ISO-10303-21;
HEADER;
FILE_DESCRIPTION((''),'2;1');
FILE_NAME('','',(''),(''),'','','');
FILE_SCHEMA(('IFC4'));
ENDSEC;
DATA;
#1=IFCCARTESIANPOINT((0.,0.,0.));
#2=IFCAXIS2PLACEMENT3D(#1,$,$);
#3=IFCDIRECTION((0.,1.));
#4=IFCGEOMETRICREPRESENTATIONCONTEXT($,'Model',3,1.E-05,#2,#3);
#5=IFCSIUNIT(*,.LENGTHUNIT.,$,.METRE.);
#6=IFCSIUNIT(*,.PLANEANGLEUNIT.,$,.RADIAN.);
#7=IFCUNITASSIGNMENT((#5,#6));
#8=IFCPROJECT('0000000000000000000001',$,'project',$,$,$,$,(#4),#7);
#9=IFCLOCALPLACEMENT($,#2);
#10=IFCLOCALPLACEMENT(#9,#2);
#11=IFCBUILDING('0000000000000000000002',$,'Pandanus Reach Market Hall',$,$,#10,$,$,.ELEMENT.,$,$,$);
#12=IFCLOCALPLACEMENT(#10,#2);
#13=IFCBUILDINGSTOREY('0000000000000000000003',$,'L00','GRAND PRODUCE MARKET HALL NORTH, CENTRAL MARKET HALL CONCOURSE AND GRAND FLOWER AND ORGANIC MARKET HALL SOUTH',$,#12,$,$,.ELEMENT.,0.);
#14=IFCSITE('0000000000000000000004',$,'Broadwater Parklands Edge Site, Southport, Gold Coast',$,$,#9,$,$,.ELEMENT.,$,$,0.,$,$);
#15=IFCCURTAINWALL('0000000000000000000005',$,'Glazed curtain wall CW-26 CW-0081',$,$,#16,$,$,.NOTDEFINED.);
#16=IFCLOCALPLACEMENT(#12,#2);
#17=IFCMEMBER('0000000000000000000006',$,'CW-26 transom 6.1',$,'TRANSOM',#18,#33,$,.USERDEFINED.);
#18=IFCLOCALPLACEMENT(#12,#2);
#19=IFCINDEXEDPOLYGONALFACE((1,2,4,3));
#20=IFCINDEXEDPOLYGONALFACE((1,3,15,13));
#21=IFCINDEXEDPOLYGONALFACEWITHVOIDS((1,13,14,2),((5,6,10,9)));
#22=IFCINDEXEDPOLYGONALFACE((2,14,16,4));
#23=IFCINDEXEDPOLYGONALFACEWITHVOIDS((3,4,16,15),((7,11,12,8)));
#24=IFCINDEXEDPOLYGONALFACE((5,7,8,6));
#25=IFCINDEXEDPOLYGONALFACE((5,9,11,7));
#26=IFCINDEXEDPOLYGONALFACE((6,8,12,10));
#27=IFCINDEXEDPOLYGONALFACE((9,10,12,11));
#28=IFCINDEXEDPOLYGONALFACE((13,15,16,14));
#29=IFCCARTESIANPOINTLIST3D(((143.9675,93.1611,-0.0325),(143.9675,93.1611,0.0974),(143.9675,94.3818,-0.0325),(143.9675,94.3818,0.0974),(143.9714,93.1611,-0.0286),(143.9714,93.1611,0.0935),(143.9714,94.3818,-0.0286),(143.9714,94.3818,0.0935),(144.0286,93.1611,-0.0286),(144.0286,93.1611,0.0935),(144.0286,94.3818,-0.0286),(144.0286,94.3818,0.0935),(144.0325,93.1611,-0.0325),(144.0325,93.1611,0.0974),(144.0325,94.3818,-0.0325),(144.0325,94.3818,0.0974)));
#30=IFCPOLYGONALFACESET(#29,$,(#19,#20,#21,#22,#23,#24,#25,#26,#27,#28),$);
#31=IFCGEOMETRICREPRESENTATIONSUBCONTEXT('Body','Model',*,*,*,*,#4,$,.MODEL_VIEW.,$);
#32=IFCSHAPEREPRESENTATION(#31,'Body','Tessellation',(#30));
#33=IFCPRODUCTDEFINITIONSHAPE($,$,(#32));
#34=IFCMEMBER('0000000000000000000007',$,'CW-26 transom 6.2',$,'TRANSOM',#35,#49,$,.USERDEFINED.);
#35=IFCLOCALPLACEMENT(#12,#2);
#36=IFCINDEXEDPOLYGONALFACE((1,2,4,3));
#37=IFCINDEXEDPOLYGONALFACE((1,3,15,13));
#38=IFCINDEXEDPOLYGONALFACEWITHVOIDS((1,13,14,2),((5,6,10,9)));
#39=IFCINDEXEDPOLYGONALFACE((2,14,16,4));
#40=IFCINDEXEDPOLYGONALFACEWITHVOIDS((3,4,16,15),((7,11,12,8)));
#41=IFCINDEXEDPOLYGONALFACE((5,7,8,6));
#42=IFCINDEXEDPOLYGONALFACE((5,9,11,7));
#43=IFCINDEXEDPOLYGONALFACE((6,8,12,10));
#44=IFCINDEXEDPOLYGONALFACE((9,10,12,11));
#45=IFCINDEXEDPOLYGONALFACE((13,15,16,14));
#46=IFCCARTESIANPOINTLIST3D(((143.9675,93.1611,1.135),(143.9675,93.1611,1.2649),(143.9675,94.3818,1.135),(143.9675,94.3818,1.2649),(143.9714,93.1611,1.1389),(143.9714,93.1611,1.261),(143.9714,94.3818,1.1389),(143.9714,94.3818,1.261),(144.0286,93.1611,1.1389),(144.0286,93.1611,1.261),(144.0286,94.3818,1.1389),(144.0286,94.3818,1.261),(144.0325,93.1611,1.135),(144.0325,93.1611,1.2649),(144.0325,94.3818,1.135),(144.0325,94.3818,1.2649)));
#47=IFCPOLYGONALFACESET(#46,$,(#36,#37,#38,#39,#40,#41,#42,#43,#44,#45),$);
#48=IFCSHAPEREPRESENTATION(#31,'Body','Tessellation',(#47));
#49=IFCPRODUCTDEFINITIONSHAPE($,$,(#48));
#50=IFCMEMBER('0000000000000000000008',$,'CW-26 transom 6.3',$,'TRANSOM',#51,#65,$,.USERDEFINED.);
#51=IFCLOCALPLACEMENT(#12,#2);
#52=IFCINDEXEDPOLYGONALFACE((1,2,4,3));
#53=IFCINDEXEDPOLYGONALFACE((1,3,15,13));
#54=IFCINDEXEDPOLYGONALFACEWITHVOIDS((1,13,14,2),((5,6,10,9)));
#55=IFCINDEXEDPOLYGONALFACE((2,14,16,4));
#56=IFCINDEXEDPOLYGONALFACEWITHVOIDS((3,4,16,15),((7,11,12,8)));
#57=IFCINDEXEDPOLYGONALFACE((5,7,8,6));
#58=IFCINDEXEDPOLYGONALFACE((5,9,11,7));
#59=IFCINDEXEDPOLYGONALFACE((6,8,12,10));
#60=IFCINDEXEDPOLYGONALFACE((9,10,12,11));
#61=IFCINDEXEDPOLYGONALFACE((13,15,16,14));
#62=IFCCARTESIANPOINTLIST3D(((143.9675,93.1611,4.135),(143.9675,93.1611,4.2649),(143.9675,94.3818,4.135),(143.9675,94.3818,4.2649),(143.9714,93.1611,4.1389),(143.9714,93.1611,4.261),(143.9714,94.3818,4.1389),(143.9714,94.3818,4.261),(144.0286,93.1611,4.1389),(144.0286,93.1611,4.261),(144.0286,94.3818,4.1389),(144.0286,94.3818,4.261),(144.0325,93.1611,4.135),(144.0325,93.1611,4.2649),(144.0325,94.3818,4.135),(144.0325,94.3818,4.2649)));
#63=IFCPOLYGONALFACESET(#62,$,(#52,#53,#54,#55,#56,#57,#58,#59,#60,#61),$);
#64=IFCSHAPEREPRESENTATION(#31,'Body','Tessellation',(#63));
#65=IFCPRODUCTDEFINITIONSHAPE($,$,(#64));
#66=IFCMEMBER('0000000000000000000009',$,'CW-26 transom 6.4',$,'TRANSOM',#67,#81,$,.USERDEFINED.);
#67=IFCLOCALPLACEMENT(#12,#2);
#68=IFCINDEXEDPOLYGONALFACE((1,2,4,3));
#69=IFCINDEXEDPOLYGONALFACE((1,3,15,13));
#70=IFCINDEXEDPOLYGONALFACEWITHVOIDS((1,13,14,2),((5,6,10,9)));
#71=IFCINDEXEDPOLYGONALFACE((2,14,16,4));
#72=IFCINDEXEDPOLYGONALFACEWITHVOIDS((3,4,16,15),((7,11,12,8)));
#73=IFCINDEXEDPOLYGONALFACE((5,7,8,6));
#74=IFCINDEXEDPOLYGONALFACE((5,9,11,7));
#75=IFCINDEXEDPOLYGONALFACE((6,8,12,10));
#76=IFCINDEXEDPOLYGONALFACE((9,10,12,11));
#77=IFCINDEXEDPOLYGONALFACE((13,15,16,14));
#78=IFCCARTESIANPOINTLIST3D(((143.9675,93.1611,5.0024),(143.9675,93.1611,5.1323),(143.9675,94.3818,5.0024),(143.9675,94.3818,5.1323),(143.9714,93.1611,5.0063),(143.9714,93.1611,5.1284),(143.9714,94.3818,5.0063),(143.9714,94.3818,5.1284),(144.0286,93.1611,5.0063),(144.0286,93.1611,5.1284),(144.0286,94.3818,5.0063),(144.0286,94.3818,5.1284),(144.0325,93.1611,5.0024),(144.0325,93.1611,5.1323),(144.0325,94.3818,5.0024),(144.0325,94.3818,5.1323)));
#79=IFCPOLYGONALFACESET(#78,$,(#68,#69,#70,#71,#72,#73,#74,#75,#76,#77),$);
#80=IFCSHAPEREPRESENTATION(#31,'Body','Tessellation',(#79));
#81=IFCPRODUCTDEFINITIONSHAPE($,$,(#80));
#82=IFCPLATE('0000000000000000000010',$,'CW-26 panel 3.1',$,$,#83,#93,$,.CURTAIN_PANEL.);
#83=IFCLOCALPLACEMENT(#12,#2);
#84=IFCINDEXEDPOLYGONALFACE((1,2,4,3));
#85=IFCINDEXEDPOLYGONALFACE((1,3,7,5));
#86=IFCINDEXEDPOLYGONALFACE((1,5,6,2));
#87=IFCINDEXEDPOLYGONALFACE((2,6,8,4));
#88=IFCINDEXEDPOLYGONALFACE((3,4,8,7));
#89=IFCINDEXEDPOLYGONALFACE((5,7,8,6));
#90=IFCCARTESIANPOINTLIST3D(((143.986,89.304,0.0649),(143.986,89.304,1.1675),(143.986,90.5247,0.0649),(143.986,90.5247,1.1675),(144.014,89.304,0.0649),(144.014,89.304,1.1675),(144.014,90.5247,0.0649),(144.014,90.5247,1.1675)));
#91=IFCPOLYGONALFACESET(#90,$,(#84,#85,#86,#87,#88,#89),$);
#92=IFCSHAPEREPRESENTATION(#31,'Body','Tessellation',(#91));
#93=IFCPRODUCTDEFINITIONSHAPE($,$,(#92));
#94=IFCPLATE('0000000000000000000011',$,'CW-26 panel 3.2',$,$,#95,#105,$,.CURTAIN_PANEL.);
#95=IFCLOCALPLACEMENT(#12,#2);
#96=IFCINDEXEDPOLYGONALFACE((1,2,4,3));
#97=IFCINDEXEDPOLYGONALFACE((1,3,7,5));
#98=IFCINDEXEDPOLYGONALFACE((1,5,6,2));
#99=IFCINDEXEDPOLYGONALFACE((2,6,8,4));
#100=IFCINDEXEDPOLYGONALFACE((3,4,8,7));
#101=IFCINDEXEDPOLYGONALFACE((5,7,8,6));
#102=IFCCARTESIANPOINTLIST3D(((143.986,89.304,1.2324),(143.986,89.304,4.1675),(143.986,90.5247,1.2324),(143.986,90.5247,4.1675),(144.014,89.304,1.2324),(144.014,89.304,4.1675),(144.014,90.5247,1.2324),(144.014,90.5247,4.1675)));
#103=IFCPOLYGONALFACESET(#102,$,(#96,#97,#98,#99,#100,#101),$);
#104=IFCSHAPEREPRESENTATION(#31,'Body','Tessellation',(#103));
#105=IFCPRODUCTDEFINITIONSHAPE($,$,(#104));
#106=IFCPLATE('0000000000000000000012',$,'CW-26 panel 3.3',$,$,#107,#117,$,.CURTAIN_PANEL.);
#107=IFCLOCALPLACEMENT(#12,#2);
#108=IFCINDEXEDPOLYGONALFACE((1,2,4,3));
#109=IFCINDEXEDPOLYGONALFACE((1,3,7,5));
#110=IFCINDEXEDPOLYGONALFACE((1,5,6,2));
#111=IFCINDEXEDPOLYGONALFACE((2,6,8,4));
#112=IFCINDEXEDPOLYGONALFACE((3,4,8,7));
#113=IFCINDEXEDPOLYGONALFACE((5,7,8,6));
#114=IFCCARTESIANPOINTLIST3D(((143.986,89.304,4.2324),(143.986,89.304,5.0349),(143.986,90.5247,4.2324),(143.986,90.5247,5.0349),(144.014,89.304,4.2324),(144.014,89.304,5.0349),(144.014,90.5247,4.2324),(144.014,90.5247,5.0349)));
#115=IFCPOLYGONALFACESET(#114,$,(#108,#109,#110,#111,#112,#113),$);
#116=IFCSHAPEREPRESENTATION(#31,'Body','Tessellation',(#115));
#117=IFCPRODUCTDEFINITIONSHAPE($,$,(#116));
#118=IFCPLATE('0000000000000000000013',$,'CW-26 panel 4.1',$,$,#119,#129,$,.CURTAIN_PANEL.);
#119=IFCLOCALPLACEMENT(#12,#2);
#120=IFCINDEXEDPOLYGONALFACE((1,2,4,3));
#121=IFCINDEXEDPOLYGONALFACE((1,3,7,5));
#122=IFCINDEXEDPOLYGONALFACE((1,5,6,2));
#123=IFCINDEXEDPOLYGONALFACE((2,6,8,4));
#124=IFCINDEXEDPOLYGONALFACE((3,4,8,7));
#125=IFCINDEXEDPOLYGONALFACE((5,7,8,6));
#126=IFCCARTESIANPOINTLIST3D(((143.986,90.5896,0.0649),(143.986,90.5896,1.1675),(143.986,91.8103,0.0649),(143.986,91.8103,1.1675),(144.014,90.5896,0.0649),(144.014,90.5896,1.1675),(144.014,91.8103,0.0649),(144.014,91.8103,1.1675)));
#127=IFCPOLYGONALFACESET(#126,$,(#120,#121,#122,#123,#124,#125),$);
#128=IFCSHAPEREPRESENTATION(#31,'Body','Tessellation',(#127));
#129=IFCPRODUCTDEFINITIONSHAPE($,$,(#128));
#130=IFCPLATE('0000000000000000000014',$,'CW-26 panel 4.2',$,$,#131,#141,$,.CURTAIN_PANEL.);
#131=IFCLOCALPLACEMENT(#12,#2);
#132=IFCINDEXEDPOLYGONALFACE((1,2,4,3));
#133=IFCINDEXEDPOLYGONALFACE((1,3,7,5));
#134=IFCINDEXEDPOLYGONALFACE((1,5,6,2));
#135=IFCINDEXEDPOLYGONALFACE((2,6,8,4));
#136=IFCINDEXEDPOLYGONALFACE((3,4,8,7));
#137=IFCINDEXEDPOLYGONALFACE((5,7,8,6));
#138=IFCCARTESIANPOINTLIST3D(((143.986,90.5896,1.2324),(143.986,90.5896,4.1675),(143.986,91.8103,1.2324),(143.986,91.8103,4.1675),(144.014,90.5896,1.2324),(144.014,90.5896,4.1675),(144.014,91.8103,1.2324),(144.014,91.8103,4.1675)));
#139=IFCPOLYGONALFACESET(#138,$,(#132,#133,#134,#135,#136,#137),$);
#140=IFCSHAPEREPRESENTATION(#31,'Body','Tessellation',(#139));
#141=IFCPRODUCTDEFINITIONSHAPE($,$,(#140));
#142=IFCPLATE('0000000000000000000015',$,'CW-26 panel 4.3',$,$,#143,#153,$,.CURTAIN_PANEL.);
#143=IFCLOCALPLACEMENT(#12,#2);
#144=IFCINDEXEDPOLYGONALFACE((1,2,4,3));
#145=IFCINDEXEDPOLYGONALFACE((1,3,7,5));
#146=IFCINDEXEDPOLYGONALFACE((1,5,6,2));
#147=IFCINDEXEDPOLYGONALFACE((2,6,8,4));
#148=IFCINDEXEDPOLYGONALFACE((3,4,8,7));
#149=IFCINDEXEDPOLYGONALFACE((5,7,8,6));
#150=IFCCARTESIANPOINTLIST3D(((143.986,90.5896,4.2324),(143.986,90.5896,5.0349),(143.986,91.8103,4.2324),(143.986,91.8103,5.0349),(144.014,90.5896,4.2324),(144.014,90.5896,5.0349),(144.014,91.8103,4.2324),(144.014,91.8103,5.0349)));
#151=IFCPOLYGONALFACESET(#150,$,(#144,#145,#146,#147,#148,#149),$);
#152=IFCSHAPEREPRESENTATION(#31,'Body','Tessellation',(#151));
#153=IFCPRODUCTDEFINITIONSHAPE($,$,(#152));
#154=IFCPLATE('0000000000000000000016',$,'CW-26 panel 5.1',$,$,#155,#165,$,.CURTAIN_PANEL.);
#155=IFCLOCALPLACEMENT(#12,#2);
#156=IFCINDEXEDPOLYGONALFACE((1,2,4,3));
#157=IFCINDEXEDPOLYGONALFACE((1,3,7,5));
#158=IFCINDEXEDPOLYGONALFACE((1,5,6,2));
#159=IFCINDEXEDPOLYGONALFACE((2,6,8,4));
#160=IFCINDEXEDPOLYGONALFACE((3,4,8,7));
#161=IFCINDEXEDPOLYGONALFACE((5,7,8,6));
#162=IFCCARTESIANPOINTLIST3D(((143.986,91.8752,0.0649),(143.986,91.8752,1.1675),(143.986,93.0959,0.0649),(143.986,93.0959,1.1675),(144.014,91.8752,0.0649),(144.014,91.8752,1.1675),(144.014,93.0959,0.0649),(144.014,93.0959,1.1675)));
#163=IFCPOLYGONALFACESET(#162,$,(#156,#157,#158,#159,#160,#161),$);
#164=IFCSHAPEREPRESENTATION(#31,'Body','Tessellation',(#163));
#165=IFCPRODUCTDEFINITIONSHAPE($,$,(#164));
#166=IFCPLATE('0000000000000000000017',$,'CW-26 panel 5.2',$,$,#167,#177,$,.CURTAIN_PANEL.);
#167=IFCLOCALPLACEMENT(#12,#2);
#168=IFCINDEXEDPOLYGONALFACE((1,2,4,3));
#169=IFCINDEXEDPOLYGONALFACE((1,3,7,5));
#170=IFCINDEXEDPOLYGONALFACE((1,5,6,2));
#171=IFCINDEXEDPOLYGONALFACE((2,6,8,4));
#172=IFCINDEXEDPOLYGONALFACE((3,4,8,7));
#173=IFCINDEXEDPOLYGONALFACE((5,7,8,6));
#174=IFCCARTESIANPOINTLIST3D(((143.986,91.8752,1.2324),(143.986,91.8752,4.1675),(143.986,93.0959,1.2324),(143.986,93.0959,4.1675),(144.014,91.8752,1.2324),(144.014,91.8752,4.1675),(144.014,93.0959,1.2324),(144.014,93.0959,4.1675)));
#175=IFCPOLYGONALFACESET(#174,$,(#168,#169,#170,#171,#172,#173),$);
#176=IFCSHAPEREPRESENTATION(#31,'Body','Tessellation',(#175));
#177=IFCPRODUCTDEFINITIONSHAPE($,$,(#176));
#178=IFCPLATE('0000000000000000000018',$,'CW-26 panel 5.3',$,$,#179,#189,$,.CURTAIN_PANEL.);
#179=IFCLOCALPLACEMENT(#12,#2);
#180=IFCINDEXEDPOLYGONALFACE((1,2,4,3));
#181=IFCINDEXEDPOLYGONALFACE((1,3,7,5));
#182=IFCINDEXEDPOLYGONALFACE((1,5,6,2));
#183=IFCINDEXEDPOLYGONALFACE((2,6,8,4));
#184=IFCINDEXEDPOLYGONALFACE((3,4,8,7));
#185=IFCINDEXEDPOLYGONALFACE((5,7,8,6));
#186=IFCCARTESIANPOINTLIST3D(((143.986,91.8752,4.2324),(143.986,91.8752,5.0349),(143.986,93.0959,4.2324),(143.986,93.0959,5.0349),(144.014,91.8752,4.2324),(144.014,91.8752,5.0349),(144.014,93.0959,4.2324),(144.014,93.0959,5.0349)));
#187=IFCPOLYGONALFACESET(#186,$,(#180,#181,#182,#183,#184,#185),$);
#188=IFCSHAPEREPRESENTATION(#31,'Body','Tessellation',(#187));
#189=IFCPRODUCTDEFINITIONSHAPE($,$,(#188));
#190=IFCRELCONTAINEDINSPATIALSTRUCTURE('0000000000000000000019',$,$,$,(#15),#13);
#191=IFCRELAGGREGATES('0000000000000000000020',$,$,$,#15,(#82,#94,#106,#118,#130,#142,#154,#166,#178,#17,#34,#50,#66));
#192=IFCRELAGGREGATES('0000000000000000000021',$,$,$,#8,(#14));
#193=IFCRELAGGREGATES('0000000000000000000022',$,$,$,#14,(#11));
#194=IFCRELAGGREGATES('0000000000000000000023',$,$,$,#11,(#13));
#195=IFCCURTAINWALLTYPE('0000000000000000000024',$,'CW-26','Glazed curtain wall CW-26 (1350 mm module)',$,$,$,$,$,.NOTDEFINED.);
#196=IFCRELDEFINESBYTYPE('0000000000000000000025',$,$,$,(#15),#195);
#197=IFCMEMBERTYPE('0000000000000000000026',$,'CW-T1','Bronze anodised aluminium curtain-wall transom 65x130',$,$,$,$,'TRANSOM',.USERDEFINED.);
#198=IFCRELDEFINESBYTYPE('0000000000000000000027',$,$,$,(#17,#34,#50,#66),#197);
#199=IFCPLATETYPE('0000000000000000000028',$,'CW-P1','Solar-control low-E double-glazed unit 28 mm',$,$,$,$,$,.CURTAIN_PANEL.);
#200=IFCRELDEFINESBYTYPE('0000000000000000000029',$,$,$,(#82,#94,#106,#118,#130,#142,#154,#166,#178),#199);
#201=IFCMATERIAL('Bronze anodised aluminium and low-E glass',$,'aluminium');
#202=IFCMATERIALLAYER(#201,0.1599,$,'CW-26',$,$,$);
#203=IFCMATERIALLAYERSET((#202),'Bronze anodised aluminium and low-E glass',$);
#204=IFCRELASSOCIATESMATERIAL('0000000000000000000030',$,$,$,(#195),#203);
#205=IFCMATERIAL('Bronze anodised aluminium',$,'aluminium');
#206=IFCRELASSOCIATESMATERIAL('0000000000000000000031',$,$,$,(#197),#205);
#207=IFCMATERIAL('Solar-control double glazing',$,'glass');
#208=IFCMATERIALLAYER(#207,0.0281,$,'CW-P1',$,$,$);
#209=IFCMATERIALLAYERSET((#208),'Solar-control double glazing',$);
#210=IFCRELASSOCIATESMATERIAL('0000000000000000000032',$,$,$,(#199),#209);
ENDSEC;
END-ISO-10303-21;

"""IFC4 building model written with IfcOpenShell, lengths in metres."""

from ifc_helpers import new_model, si_unit, direction, frame, origin, origin_2d, place, context, subcontext, project, spatial, rectangle, hollow_rectangle, extrude, material, layer, layer_set, material_profile, profile_set, type_object, element, aggregate, save


model = new_model("IFC4")

# Units and contexts
model_context = context("Model", 3, precision=1e-05, world=origin(), true_north=direction((0.0, 1.0)))
body_context = subcontext(model_context, "Body", "Model", "MODEL_VIEW")
ifc_project = project(units=[si_unit("LENGTHUNIT", "METRE"), si_unit("PLANEANGLEUNIT", "RADIAN")], contexts=[model_context])

# Site, building, storey
site_placement = place(None, origin())
site = spatial("IfcSite", under=ifc_project, at=site_placement, Name="Broadwater Parklands Edge Site, Southport, Gold Coast", CompositionType="ELEMENT", RefElevation=0.0)
building_placement = place(site_placement, origin())
building = spatial("IfcBuilding", under=site, at=building_placement, Name="Pandanus Reach Market Hall", CompositionType="ELEMENT")
storey_placement = place(building_placement, origin())
storey = spatial("IfcBuildingStorey", under=building, at=storey_placement, Name="L00", Description="GRAND PRODUCE MARKET HALL NORTH, CENTRAL MARKET HALL CONCOURSE AND GRAND FLOWER AND ORGANIC MARKET HALL SOUTH", CompositionType="ELEMENT", Elevation=0.0)

# Curtain wall, members, plates
ifc_material_1 = material(Name="Bronze anodised aluminium and low-E glass", Category="aluminium")
ifc_layer_1 = layer(ifc_material_1, 0.1599, Name="CW-26")
ifc_layer_set_1 = layer_set([ifc_layer_1], Name="Bronze anodised aluminium and low-E glass")
curtain_wall_type = type_object("IfcCurtainWallType", Name="CW-26", Description="Glazed curtain wall CW-26 (1350 mm module)", PredefinedType="NOTDEFINED", material=ifc_layer_set_1)
curtain_wall_placement = place(storey_placement, origin())
curtain_wall = element("IfcCurtainWall", 1, at=curtain_wall_placement, inside=storey, type_object=curtain_wall_type, Name="Glazed curtain wall CW-26 CW-0081", PredefinedType="NOTDEFINED")
ifc_material_2 = material(Name="Bronze anodised aluminium", Category="aluminium")
ifc_material_profile_1 = material_profile(ifc_material_2, hollow_rectangle(XDim=0.0649, YDim=0.1299, WallThickness=0.0039, at=origin_2d()), Name="ALU65x130", Category="LoadBearing")
ifc_profile_set_1 = profile_set([ifc_material_profile_1], Name="Bronze anodised aluminium")
member_type_1 = type_object("IfcMemberType", Name="CW-T1", Description="Bronze anodised aluminium curtain-wall transom 65x130", ElementType="TRANSOM", PredefinedType="USERDEFINED", material=ifc_profile_set_1)
member_1_placement = place(storey_placement, frame((144.0, 93.1611, 0.0325), z_axis=(0.0, 1.0, 0.0), x_axis=(-1.0, 0.0, 0.0)))
member_1 = element("IfcMember", 2, at=member_1_placement, type_object=member_type_1, Name="CW-26 transom 6.1", ObjectType="TRANSOM", PredefinedType="USERDEFINED", context=body_context, shape_type="SweptSolid", body=[
    extrude(hollow_rectangle(XDim=0.0649, YDim=0.1299, WallThickness=0.0039, at=origin_2d()), origin(), (0.0, 0.0, 1.0), 1.2207),
])
member_2_placement = place(storey_placement, frame((144.0, 93.1611, 1.2), z_axis=(0.0, 1.0, 0.0), x_axis=(-1.0, 0.0, 0.0)))
member_2 = element("IfcMember", 3, at=member_2_placement, type_object=member_type_1, Name="CW-26 transom 6.2", ObjectType="TRANSOM", PredefinedType="USERDEFINED", context=body_context, shape_type="SweptSolid", body=[
    extrude(hollow_rectangle(XDim=0.0649, YDim=0.1299, WallThickness=0.0039, at=origin_2d()), origin(), (0.0, 0.0, 1.0), 1.2207),
])
member_3_placement = place(storey_placement, frame((144.0, 93.1611, 4.2), z_axis=(0.0, 1.0, 0.0), x_axis=(-1.0, 0.0, 0.0)))
member_3 = element("IfcMember", 4, at=member_3_placement, type_object=member_type_1, Name="CW-26 transom 6.3", ObjectType="TRANSOM", PredefinedType="USERDEFINED", context=body_context, shape_type="SweptSolid", body=[
    extrude(hollow_rectangle(XDim=0.0649, YDim=0.1299, WallThickness=0.0039, at=origin_2d()), origin(), (0.0, 0.0, 1.0), 1.2207),
])
member_4_placement = place(storey_placement, frame((144.0, 93.1611, 5.0674), z_axis=(0.0, 1.0, 0.0), x_axis=(-1.0, 0.0, 0.0)))
member_4 = element("IfcMember", 5, at=member_4_placement, type_object=member_type_1, Name="CW-26 transom 6.4", ObjectType="TRANSOM", PredefinedType="USERDEFINED", context=body_context, shape_type="SweptSolid", body=[
    extrude(hollow_rectangle(XDim=0.0649, YDim=0.1299, WallThickness=0.0039, at=origin_2d()), origin(), (0.0, 0.0, 1.0), 1.2207),
])
ifc_material_3 = material(Name="Solar-control double glazing", Category="glass")
ifc_layer_2 = layer(ifc_material_3, 0.0281, Name="CW-P1")
ifc_layer_set_2 = layer_set([ifc_layer_2], Name="Solar-control double glazing")
plate_type = type_object("IfcPlateType", Name="CW-P1", Description="Solar-control low-E double-glazed unit 28 mm", PredefinedType="CURTAIN_PANEL", material=ifc_layer_set_2)
plate_1_placement = place(storey_placement, frame((144.0, 89.9143, 0.0649), z_axis=(0.0, 0.0, 1.0), x_axis=(0.0, 1.0, 0.0)))
plate_1 = element("IfcPlate", 6, at=plate_1_placement, type_object=plate_type, Name="CW-26 panel 3.1", PredefinedType="CURTAIN_PANEL", context=body_context, shape_type="SweptSolid", body=[
    extrude(rectangle(XDim=1.2207, YDim=0.0281, at=origin_2d()), origin(), (0.0, 0.0, 1.0), 1.1025),
])
plate_2_placement = place(storey_placement, frame((144.0, 89.9143, 1.2324), z_axis=(0.0, 0.0, 1.0), x_axis=(0.0, 1.0, 0.0)))
plate_2 = element("IfcPlate", 7, at=plate_2_placement, type_object=plate_type, Name="CW-26 panel 3.2", PredefinedType="CURTAIN_PANEL", context=body_context, shape_type="SweptSolid", body=[
    extrude(rectangle(XDim=1.2207, YDim=0.0281, at=origin_2d()), origin(), (0.0, 0.0, 1.0), 2.9351),
])
plate_3_placement = place(storey_placement, frame((144.0, 89.9143, 4.2324), z_axis=(0.0, 0.0, 1.0), x_axis=(0.0, 1.0, 0.0)))
plate_3 = element("IfcPlate", 8, at=plate_3_placement, type_object=plate_type, Name="CW-26 panel 3.3", PredefinedType="CURTAIN_PANEL", context=body_context, shape_type="SweptSolid", body=[
    extrude(rectangle(XDim=1.2207, YDim=0.0281, at=origin_2d()), origin(), (0.0, 0.0, 1.0), 0.8025),
])
plate_4_placement = place(storey_placement, frame((144.0, 91.2, 0.0649), z_axis=(0.0, 0.0, 1.0), x_axis=(0.0, 1.0, 0.0)))
plate_4 = element("IfcPlate", 9, at=plate_4_placement, type_object=plate_type, Name="CW-26 panel 4.1", PredefinedType="CURTAIN_PANEL", context=body_context, shape_type="SweptSolid", body=[
    extrude(rectangle(XDim=1.2207, YDim=0.0281, at=origin_2d()), origin(), (0.0, 0.0, 1.0), 1.1025),
])
plate_5_placement = place(storey_placement, frame((144.0, 91.2, 1.2324), z_axis=(0.0, 0.0, 1.0), x_axis=(0.0, 1.0, 0.0)))
plate_5 = element("IfcPlate", 10, at=plate_5_placement, type_object=plate_type, Name="CW-26 panel 4.2", PredefinedType="CURTAIN_PANEL", context=body_context, shape_type="SweptSolid", body=[
    extrude(rectangle(XDim=1.2207, YDim=0.0281, at=origin_2d()), origin(), (0.0, 0.0, 1.0), 2.9351),
])
plate_6_placement = place(storey_placement, frame((144.0, 91.2, 4.2324), z_axis=(0.0, 0.0, 1.0), x_axis=(0.0, 1.0, 0.0)))
plate_6 = element("IfcPlate", 11, at=plate_6_placement, type_object=plate_type, Name="CW-26 panel 4.3", PredefinedType="CURTAIN_PANEL", context=body_context, shape_type="SweptSolid", body=[
    extrude(rectangle(XDim=1.2207, YDim=0.0281, at=origin_2d()), origin(), (0.0, 0.0, 1.0), 0.8025),
])
plate_7_placement = place(storey_placement, frame((144.0, 92.4856, 0.0649), z_axis=(0.0, 0.0, 1.0), x_axis=(0.0, 1.0, 0.0)))
plate_7 = element("IfcPlate", 12, at=plate_7_placement, type_object=plate_type, Name="CW-26 panel 5.1", PredefinedType="CURTAIN_PANEL", context=body_context, shape_type="SweptSolid", body=[
    extrude(rectangle(XDim=1.2207, YDim=0.0281, at=origin_2d()), origin(), (0.0, 0.0, 1.0), 1.1025),
])
plate_8_placement = place(storey_placement, frame((144.0, 92.4856, 1.2324), z_axis=(0.0, 0.0, 1.0), x_axis=(0.0, 1.0, 0.0)))
plate_8 = element("IfcPlate", 13, at=plate_8_placement, type_object=plate_type, Name="CW-26 panel 5.2", PredefinedType="CURTAIN_PANEL", context=body_context, shape_type="SweptSolid", body=[
    extrude(rectangle(XDim=1.2207, YDim=0.0281, at=origin_2d()), origin(), (0.0, 0.0, 1.0), 2.9351),
])
plate_9_placement = place(storey_placement, frame((144.0, 92.4856, 4.2324), z_axis=(0.0, 0.0, 1.0), x_axis=(0.0, 1.0, 0.0)))
plate_9 = element("IfcPlate", 14, at=plate_9_placement, type_object=plate_type, Name="CW-26 panel 5.3", PredefinedType="CURTAIN_PANEL", context=body_context, shape_type="SweptSolid", body=[
    extrude(rectangle(XDim=1.2207, YDim=0.0281, at=origin_2d()), origin(), (0.0, 0.0, 1.0), 0.8025),
])
aggregate(curtain_wall, [plate_1, plate_2, plate_3, plate_4, plate_5, plate_6, plate_7, plate_8, plate_9, member_1, member_2, member_3, member_4])

save(model, "model.ifc")
